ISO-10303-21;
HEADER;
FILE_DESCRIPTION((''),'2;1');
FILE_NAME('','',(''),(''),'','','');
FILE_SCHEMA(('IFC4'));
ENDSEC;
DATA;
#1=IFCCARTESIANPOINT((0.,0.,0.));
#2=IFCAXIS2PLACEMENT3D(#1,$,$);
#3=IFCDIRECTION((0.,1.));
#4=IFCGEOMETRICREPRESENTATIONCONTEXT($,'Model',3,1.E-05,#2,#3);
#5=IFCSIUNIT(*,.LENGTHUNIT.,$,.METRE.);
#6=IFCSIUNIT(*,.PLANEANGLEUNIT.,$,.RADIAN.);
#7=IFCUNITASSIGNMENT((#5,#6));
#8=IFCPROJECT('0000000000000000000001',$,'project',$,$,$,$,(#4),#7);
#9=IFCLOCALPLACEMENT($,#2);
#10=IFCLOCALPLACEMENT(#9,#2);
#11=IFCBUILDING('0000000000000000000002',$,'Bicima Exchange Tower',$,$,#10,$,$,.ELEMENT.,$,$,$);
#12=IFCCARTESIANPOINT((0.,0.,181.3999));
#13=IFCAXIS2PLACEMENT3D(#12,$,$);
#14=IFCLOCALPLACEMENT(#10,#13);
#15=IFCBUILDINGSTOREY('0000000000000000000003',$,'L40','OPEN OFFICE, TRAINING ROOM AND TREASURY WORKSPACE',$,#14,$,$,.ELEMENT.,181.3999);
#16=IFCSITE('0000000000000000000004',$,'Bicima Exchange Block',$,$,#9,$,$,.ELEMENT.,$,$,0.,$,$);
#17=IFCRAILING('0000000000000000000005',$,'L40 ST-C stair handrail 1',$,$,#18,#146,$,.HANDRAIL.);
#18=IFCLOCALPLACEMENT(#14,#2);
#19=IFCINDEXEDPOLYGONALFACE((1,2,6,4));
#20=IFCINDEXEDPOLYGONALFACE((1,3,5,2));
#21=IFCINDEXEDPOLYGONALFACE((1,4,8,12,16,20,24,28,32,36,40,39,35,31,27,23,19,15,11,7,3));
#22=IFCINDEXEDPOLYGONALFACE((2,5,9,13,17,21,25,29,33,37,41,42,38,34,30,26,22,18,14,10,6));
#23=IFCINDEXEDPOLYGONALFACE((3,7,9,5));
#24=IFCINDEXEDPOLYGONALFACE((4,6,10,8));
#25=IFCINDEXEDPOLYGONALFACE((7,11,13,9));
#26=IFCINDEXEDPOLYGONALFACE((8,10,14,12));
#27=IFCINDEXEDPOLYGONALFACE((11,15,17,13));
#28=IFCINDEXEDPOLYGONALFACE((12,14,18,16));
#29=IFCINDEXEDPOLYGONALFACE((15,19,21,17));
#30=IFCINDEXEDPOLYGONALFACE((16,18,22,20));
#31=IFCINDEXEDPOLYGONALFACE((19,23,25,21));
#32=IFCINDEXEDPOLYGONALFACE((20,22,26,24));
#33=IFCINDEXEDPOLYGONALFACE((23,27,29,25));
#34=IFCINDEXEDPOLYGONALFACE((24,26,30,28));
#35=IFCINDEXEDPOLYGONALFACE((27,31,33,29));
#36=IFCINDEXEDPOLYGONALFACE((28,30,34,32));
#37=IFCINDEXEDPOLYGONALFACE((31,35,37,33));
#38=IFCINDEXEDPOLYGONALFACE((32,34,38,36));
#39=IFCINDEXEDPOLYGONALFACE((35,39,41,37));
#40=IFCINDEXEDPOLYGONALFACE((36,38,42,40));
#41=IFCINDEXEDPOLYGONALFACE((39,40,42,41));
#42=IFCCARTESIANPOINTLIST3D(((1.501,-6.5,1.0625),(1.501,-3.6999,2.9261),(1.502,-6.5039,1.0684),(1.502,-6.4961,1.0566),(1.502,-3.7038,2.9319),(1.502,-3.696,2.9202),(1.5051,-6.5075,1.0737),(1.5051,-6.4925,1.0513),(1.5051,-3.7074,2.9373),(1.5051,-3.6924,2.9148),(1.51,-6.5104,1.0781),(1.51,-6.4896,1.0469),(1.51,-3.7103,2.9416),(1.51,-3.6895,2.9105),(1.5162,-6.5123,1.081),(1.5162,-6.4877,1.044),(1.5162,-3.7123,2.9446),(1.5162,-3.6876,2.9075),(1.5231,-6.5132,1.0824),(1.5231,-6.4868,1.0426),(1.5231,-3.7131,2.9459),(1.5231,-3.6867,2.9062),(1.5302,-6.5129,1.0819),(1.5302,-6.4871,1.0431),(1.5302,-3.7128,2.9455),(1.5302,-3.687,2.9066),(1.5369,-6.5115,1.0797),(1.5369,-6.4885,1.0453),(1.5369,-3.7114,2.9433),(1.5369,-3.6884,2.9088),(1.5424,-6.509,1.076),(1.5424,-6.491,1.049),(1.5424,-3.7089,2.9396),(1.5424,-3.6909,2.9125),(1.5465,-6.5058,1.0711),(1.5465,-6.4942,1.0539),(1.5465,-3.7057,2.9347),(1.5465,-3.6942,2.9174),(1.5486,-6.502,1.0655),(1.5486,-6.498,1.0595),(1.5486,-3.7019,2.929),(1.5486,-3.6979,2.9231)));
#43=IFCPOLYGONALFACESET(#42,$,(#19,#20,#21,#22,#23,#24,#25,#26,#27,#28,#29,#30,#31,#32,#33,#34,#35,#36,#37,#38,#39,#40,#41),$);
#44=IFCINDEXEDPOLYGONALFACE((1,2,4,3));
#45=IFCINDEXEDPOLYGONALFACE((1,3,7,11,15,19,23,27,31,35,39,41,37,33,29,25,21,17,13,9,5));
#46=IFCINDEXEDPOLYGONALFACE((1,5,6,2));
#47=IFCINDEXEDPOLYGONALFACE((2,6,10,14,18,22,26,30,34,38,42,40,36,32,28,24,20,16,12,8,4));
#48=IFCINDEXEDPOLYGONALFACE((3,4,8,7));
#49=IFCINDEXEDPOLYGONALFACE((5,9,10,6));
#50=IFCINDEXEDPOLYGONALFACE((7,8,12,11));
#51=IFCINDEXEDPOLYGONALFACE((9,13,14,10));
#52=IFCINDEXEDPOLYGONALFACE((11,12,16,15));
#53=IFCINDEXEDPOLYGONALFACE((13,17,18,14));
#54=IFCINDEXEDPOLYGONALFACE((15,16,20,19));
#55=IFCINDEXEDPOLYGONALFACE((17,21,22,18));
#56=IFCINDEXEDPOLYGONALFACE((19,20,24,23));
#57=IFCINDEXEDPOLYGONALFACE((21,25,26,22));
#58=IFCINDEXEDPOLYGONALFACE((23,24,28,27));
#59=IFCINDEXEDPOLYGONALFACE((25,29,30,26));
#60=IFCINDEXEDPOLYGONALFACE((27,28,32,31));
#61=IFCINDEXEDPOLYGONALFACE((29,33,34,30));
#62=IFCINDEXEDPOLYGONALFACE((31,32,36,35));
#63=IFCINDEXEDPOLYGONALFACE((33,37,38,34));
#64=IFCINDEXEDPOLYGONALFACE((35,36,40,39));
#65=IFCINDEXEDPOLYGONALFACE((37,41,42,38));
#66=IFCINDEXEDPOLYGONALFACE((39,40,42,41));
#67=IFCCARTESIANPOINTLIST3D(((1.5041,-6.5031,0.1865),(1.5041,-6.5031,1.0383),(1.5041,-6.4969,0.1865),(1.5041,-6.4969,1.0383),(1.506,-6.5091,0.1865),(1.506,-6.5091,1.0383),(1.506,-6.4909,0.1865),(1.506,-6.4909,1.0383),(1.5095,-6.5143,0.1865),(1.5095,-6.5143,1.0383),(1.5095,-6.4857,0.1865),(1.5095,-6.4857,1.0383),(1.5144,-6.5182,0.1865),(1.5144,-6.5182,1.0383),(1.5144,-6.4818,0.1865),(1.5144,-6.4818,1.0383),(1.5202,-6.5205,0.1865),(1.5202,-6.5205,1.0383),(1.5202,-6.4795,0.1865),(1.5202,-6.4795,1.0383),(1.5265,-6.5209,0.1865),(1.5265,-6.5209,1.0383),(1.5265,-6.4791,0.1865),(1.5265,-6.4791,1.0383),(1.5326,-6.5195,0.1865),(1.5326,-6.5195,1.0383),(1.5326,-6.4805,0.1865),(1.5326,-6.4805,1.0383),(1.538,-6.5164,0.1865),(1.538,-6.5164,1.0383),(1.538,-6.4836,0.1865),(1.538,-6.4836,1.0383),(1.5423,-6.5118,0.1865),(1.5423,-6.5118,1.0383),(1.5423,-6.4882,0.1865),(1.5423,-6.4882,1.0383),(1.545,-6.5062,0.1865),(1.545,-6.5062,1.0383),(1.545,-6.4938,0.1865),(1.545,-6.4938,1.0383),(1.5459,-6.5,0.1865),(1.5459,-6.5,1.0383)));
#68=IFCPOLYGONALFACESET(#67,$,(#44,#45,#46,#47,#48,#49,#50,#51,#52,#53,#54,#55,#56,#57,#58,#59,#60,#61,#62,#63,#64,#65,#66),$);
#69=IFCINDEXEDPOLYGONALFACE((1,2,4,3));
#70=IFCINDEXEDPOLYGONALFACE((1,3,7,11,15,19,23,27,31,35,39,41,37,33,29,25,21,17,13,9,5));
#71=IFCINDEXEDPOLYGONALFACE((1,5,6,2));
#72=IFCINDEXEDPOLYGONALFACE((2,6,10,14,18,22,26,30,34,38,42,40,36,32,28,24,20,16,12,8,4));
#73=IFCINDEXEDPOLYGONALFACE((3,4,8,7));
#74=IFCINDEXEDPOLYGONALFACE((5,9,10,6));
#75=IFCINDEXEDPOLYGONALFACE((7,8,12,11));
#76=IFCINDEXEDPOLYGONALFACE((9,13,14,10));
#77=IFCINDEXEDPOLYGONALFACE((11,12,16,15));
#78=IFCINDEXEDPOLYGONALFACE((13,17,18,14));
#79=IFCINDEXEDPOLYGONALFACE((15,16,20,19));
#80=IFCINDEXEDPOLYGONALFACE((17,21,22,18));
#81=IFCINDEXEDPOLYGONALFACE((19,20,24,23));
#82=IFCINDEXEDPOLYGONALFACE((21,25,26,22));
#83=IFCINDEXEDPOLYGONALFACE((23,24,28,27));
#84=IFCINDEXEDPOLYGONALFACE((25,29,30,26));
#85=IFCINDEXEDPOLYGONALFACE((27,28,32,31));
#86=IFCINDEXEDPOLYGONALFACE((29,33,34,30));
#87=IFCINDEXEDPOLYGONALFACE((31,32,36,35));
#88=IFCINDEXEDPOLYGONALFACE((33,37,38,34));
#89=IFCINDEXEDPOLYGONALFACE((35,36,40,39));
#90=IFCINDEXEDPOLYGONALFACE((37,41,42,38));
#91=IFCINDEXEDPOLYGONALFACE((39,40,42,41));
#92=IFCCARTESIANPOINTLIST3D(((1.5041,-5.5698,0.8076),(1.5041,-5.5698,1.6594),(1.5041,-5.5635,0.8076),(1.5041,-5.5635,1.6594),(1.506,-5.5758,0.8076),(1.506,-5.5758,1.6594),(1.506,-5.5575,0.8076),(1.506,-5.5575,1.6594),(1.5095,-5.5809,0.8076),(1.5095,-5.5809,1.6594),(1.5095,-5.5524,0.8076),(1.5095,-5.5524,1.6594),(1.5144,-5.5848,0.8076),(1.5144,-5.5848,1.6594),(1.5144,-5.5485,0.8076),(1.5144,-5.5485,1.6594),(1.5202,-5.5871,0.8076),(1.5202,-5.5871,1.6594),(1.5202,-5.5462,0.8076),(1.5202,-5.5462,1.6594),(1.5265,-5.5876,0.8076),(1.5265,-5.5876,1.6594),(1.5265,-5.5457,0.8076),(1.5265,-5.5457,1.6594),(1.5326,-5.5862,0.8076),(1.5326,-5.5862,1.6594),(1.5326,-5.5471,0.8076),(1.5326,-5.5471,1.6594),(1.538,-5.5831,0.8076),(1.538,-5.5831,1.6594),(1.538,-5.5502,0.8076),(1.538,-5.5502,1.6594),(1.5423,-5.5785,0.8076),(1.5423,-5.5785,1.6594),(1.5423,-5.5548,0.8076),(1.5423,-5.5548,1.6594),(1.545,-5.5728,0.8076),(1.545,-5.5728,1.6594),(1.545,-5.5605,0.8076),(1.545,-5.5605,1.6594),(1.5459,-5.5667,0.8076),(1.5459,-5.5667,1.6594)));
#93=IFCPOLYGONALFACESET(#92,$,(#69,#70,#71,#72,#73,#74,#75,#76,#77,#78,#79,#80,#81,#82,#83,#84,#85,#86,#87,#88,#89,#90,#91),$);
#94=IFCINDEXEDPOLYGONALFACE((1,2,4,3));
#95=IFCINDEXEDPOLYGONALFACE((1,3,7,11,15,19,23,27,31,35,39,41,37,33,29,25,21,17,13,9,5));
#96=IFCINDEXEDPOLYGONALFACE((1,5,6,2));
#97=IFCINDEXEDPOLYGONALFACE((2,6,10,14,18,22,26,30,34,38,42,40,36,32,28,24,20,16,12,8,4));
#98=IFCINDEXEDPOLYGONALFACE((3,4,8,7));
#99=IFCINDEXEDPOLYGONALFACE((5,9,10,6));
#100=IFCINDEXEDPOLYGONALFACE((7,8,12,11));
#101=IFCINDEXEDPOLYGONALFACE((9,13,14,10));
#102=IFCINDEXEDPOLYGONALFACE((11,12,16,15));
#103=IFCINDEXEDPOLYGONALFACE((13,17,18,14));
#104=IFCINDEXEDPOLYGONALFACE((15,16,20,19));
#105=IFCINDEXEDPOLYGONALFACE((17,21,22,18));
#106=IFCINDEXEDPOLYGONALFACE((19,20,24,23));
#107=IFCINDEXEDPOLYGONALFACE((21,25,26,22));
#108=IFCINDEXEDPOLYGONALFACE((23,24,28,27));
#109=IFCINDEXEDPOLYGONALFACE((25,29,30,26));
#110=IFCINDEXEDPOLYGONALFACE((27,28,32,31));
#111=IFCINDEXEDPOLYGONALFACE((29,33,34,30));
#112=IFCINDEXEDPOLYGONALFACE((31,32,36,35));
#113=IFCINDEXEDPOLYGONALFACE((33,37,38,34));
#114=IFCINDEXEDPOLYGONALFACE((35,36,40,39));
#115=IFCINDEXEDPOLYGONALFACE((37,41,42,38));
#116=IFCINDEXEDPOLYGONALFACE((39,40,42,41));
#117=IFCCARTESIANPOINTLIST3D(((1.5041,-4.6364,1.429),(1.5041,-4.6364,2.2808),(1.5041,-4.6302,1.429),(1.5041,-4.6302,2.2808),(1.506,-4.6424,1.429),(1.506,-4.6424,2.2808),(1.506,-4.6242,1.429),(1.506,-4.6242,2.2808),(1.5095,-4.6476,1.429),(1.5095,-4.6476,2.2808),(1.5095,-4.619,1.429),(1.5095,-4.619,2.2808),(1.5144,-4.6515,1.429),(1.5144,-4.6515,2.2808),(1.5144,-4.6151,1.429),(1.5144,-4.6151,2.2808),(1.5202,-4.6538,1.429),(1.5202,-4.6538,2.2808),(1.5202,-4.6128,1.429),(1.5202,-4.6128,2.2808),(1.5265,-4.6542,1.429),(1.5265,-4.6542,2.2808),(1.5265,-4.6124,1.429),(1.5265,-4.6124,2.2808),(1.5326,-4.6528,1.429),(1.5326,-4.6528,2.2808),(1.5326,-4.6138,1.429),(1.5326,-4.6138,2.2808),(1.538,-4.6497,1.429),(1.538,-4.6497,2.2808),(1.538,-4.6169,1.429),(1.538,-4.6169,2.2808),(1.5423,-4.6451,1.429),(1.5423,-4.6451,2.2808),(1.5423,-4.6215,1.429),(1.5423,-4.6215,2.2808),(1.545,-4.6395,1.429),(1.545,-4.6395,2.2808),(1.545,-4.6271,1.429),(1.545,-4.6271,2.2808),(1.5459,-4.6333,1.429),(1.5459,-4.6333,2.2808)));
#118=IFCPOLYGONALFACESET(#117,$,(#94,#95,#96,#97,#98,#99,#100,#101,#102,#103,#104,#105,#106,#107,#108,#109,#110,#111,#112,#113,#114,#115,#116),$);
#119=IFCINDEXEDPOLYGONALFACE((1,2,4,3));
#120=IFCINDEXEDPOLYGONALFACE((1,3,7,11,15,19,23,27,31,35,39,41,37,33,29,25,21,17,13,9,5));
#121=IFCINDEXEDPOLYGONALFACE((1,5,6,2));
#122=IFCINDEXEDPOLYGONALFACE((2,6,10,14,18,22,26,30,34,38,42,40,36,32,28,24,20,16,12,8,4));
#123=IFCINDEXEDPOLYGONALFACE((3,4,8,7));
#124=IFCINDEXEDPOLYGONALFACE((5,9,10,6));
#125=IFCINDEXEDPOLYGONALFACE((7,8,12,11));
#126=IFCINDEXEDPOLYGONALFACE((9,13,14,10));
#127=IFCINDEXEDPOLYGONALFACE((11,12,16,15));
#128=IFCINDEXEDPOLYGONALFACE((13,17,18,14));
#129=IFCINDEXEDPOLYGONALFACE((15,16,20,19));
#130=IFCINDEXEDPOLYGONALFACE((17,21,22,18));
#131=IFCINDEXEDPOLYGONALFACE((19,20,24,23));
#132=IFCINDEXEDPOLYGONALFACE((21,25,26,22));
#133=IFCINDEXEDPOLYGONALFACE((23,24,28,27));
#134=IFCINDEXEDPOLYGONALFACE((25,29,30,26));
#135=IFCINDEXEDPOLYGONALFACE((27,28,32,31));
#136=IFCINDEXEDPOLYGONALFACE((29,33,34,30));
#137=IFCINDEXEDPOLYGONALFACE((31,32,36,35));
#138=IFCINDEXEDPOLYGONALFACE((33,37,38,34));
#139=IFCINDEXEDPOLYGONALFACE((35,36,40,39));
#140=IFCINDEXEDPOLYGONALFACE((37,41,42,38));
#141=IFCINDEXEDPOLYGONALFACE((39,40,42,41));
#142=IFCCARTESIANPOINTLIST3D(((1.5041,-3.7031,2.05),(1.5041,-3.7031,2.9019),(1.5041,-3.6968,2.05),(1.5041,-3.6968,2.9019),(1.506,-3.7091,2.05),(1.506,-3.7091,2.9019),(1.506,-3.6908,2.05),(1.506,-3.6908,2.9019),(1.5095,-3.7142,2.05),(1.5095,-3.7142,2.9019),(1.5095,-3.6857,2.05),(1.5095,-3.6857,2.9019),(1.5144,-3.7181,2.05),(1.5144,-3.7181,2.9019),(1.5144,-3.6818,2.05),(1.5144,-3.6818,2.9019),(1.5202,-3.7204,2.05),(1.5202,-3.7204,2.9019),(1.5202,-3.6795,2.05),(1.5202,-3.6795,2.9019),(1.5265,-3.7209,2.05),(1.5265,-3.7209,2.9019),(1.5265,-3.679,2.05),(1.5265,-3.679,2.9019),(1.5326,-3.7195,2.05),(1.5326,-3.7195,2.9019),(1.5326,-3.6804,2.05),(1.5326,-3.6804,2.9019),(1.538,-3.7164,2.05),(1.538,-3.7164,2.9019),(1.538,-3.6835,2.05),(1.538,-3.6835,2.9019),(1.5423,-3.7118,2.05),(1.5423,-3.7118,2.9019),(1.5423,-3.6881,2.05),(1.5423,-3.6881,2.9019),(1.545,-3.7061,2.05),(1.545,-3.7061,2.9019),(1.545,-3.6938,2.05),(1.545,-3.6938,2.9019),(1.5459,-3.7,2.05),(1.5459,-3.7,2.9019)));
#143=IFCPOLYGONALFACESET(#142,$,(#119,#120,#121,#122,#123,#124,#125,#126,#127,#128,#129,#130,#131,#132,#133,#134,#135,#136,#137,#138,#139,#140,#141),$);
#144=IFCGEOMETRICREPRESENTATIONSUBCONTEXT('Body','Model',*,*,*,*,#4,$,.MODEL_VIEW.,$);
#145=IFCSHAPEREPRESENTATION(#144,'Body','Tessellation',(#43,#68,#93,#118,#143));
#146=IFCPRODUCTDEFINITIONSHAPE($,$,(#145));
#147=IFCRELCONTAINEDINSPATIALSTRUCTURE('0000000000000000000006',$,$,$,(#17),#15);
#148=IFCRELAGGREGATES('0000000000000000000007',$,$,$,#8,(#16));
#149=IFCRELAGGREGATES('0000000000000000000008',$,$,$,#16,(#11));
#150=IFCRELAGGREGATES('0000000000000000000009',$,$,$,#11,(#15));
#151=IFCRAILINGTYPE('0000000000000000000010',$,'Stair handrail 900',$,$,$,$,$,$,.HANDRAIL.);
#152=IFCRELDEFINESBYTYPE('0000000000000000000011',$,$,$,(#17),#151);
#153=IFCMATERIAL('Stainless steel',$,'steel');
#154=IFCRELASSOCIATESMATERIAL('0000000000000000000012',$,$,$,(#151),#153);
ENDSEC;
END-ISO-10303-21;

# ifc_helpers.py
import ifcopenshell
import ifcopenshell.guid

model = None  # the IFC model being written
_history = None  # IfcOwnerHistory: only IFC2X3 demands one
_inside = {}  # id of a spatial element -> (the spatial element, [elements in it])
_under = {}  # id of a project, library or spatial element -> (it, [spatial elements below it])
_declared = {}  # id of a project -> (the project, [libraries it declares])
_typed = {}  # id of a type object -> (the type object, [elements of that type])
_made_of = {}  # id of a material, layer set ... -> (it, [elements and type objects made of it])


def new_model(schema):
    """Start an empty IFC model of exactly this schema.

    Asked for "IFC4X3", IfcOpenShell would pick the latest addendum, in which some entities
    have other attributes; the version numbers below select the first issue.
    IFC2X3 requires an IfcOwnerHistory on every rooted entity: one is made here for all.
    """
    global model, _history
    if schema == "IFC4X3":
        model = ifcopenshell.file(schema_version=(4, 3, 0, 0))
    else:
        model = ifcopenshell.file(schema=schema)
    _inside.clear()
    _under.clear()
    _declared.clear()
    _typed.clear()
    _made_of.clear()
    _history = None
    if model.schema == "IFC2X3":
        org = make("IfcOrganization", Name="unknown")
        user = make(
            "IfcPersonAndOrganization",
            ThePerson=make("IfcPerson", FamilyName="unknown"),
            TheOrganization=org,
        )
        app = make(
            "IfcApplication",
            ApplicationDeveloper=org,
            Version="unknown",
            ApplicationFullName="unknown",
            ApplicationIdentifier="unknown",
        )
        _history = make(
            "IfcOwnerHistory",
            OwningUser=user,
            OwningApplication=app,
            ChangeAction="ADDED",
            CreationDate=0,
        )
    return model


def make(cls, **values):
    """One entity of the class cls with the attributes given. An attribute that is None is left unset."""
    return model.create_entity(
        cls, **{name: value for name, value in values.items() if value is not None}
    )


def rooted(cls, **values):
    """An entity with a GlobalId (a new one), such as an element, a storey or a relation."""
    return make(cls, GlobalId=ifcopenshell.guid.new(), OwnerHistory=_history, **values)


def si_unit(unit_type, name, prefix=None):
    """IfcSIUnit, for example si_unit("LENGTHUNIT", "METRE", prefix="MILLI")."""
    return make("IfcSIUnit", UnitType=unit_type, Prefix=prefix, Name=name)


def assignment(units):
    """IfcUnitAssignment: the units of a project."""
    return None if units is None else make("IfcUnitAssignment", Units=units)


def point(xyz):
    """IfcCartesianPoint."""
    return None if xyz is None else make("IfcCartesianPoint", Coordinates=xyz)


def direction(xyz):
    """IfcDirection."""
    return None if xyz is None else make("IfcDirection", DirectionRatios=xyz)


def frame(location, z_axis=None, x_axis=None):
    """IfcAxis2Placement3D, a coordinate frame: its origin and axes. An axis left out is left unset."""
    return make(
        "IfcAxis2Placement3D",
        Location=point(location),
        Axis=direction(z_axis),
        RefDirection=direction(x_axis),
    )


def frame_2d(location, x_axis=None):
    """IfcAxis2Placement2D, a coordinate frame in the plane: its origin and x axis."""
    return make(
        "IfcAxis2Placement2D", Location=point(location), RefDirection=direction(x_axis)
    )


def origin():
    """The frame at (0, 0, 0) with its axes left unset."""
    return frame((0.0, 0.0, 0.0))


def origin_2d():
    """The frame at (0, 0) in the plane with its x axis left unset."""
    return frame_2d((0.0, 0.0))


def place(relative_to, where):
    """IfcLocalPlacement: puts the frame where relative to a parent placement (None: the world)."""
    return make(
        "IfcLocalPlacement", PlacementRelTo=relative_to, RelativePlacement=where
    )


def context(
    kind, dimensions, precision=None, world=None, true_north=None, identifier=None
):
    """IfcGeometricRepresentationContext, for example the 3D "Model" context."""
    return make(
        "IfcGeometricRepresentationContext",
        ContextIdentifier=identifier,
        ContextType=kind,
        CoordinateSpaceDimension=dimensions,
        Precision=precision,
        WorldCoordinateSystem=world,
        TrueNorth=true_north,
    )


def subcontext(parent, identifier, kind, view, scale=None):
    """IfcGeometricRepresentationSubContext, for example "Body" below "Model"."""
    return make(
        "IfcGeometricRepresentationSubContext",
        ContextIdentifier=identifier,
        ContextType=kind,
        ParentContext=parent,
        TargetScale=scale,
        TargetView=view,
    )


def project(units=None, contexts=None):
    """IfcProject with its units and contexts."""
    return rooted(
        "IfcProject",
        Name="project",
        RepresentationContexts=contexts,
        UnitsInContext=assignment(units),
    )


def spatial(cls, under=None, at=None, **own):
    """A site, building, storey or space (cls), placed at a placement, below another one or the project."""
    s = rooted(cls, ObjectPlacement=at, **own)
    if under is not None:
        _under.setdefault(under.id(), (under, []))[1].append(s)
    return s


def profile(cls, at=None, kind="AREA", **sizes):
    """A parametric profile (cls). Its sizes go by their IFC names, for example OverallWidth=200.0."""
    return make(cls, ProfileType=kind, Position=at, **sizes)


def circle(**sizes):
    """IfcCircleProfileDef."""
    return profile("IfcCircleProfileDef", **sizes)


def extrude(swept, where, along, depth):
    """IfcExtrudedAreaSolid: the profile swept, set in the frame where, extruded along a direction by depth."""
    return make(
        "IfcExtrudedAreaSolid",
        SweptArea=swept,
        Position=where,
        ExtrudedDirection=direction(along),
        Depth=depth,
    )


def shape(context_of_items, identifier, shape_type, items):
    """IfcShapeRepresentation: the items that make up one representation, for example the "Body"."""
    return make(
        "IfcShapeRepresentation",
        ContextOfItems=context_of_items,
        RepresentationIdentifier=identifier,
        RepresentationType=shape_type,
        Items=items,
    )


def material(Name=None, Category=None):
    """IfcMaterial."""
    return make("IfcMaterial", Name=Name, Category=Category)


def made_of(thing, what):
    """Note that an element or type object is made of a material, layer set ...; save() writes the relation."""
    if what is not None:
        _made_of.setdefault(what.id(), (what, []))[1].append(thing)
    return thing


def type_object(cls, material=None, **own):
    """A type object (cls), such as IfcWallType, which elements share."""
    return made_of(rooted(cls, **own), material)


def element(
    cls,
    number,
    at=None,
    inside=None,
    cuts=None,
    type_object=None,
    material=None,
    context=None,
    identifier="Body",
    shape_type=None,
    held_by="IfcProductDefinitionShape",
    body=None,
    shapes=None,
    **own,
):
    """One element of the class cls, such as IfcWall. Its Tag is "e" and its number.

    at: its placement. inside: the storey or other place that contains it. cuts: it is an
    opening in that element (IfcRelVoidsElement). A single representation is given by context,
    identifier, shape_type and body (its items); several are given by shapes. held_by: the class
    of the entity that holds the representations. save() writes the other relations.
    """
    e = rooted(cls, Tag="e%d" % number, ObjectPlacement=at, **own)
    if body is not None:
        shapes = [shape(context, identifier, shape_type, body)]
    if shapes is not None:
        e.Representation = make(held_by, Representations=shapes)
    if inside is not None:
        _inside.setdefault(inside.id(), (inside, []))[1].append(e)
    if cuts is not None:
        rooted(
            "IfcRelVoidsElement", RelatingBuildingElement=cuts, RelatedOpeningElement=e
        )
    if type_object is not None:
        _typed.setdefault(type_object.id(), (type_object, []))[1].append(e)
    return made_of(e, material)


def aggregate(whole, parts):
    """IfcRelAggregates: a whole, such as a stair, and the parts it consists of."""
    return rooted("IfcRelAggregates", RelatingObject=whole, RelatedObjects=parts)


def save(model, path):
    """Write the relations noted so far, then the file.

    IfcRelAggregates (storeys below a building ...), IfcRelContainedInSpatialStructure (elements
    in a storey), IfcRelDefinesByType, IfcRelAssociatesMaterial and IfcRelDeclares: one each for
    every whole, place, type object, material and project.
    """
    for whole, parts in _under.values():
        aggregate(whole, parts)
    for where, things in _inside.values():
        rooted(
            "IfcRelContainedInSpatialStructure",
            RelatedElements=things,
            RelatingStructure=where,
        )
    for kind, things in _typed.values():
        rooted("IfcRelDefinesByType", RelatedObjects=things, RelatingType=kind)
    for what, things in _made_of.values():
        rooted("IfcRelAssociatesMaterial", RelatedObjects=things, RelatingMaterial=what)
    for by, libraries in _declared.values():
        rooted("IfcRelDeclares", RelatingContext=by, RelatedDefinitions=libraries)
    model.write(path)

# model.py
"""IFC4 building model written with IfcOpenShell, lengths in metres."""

from ifc_helpers import new_model, si_unit, direction, frame, origin, origin_2d, place, context, subcontext, project, spatial, circle, extrude, material, type_object, element, save


model = new_model("IFC4")

# Units and contexts
model_context = context("Model", 3, precision=1e-05, world=origin(), true_north=direction((0.0, 1.0)))
body_context = subcontext(model_context, "Body", "Model", "MODEL_VIEW")
ifc_project = project(units=[si_unit("LENGTHUNIT", "METRE"), si_unit("PLANEANGLEUNIT", "RADIAN")], contexts=[model_context])

# Site, building, storey
site_placement = place(None, origin())
site = spatial("IfcSite", under=ifc_project, at=site_placement, Name="Bicima Exchange Block", CompositionType="ELEMENT", RefElevation=0.0)
building_placement = place(site_placement, origin())
building = spatial("IfcBuilding", under=site, at=building_placement, Name="Bicima Exchange Tower", CompositionType="ELEMENT")
storey_placement = place(building_placement, frame((0.0, 0.0, 181.3999)))
storey = spatial("IfcBuildingStorey", under=building, at=storey_placement, Name="L40", Description="OPEN OFFICE, TRAINING ROOM AND TREASURY WORKSPACE", CompositionType="ELEMENT", Elevation=181.3999)

# Shared definitions
ifc_material_1 = material(Name="Stainless steel", Category="steel")

# Railing
railing_type_1 = type_object("IfcRailingType", Name="Stair handrail 900", PredefinedType="HANDRAIL", material=ifc_material_1)
railing_1_placement = place(storey_placement, frame((1.5249, -6.5, 0.1865)))
element("IfcRailing", 1, at=railing_1_placement, inside=storey, type_object=railing_type_1, Name="L40 ST-C stair handrail 1", PredefinedType="HANDRAIL", context=body_context, shape_type="SweptSolid", body=[
    extrude(circle(Radius=0.0239, at=origin_2d()), frame((0.0, 0.0, 0.876), z_axis=(0.0, 0.832486, 0.554047), x_axis=(-1.0, 0.0, 0.0)), (0.0, 0.0, 1.0), 3.3635),
    extrude(circle(Radius=0.021, at=origin_2d()), origin(), (0.0, 0.0, 1.0), 0.8518),
    extrude(circle(Radius=0.021, at=origin_2d()), frame((0.0, 0.9333, 0.6211)), (0.0, 0.0, 1.0), 0.8518),
    extrude(circle(Radius=0.021, at=origin_2d()), frame((0.0, 1.8667, 1.2424)), (0.0, 0.0, 1.0), 0.8518),
    extrude(circle(Radius=0.021, at=origin_2d()), frame((0.0, 2.8, 1.8635)), (0.0, 0.0, 1.0), 0.8518),
])

save(model, "model.ifc")
